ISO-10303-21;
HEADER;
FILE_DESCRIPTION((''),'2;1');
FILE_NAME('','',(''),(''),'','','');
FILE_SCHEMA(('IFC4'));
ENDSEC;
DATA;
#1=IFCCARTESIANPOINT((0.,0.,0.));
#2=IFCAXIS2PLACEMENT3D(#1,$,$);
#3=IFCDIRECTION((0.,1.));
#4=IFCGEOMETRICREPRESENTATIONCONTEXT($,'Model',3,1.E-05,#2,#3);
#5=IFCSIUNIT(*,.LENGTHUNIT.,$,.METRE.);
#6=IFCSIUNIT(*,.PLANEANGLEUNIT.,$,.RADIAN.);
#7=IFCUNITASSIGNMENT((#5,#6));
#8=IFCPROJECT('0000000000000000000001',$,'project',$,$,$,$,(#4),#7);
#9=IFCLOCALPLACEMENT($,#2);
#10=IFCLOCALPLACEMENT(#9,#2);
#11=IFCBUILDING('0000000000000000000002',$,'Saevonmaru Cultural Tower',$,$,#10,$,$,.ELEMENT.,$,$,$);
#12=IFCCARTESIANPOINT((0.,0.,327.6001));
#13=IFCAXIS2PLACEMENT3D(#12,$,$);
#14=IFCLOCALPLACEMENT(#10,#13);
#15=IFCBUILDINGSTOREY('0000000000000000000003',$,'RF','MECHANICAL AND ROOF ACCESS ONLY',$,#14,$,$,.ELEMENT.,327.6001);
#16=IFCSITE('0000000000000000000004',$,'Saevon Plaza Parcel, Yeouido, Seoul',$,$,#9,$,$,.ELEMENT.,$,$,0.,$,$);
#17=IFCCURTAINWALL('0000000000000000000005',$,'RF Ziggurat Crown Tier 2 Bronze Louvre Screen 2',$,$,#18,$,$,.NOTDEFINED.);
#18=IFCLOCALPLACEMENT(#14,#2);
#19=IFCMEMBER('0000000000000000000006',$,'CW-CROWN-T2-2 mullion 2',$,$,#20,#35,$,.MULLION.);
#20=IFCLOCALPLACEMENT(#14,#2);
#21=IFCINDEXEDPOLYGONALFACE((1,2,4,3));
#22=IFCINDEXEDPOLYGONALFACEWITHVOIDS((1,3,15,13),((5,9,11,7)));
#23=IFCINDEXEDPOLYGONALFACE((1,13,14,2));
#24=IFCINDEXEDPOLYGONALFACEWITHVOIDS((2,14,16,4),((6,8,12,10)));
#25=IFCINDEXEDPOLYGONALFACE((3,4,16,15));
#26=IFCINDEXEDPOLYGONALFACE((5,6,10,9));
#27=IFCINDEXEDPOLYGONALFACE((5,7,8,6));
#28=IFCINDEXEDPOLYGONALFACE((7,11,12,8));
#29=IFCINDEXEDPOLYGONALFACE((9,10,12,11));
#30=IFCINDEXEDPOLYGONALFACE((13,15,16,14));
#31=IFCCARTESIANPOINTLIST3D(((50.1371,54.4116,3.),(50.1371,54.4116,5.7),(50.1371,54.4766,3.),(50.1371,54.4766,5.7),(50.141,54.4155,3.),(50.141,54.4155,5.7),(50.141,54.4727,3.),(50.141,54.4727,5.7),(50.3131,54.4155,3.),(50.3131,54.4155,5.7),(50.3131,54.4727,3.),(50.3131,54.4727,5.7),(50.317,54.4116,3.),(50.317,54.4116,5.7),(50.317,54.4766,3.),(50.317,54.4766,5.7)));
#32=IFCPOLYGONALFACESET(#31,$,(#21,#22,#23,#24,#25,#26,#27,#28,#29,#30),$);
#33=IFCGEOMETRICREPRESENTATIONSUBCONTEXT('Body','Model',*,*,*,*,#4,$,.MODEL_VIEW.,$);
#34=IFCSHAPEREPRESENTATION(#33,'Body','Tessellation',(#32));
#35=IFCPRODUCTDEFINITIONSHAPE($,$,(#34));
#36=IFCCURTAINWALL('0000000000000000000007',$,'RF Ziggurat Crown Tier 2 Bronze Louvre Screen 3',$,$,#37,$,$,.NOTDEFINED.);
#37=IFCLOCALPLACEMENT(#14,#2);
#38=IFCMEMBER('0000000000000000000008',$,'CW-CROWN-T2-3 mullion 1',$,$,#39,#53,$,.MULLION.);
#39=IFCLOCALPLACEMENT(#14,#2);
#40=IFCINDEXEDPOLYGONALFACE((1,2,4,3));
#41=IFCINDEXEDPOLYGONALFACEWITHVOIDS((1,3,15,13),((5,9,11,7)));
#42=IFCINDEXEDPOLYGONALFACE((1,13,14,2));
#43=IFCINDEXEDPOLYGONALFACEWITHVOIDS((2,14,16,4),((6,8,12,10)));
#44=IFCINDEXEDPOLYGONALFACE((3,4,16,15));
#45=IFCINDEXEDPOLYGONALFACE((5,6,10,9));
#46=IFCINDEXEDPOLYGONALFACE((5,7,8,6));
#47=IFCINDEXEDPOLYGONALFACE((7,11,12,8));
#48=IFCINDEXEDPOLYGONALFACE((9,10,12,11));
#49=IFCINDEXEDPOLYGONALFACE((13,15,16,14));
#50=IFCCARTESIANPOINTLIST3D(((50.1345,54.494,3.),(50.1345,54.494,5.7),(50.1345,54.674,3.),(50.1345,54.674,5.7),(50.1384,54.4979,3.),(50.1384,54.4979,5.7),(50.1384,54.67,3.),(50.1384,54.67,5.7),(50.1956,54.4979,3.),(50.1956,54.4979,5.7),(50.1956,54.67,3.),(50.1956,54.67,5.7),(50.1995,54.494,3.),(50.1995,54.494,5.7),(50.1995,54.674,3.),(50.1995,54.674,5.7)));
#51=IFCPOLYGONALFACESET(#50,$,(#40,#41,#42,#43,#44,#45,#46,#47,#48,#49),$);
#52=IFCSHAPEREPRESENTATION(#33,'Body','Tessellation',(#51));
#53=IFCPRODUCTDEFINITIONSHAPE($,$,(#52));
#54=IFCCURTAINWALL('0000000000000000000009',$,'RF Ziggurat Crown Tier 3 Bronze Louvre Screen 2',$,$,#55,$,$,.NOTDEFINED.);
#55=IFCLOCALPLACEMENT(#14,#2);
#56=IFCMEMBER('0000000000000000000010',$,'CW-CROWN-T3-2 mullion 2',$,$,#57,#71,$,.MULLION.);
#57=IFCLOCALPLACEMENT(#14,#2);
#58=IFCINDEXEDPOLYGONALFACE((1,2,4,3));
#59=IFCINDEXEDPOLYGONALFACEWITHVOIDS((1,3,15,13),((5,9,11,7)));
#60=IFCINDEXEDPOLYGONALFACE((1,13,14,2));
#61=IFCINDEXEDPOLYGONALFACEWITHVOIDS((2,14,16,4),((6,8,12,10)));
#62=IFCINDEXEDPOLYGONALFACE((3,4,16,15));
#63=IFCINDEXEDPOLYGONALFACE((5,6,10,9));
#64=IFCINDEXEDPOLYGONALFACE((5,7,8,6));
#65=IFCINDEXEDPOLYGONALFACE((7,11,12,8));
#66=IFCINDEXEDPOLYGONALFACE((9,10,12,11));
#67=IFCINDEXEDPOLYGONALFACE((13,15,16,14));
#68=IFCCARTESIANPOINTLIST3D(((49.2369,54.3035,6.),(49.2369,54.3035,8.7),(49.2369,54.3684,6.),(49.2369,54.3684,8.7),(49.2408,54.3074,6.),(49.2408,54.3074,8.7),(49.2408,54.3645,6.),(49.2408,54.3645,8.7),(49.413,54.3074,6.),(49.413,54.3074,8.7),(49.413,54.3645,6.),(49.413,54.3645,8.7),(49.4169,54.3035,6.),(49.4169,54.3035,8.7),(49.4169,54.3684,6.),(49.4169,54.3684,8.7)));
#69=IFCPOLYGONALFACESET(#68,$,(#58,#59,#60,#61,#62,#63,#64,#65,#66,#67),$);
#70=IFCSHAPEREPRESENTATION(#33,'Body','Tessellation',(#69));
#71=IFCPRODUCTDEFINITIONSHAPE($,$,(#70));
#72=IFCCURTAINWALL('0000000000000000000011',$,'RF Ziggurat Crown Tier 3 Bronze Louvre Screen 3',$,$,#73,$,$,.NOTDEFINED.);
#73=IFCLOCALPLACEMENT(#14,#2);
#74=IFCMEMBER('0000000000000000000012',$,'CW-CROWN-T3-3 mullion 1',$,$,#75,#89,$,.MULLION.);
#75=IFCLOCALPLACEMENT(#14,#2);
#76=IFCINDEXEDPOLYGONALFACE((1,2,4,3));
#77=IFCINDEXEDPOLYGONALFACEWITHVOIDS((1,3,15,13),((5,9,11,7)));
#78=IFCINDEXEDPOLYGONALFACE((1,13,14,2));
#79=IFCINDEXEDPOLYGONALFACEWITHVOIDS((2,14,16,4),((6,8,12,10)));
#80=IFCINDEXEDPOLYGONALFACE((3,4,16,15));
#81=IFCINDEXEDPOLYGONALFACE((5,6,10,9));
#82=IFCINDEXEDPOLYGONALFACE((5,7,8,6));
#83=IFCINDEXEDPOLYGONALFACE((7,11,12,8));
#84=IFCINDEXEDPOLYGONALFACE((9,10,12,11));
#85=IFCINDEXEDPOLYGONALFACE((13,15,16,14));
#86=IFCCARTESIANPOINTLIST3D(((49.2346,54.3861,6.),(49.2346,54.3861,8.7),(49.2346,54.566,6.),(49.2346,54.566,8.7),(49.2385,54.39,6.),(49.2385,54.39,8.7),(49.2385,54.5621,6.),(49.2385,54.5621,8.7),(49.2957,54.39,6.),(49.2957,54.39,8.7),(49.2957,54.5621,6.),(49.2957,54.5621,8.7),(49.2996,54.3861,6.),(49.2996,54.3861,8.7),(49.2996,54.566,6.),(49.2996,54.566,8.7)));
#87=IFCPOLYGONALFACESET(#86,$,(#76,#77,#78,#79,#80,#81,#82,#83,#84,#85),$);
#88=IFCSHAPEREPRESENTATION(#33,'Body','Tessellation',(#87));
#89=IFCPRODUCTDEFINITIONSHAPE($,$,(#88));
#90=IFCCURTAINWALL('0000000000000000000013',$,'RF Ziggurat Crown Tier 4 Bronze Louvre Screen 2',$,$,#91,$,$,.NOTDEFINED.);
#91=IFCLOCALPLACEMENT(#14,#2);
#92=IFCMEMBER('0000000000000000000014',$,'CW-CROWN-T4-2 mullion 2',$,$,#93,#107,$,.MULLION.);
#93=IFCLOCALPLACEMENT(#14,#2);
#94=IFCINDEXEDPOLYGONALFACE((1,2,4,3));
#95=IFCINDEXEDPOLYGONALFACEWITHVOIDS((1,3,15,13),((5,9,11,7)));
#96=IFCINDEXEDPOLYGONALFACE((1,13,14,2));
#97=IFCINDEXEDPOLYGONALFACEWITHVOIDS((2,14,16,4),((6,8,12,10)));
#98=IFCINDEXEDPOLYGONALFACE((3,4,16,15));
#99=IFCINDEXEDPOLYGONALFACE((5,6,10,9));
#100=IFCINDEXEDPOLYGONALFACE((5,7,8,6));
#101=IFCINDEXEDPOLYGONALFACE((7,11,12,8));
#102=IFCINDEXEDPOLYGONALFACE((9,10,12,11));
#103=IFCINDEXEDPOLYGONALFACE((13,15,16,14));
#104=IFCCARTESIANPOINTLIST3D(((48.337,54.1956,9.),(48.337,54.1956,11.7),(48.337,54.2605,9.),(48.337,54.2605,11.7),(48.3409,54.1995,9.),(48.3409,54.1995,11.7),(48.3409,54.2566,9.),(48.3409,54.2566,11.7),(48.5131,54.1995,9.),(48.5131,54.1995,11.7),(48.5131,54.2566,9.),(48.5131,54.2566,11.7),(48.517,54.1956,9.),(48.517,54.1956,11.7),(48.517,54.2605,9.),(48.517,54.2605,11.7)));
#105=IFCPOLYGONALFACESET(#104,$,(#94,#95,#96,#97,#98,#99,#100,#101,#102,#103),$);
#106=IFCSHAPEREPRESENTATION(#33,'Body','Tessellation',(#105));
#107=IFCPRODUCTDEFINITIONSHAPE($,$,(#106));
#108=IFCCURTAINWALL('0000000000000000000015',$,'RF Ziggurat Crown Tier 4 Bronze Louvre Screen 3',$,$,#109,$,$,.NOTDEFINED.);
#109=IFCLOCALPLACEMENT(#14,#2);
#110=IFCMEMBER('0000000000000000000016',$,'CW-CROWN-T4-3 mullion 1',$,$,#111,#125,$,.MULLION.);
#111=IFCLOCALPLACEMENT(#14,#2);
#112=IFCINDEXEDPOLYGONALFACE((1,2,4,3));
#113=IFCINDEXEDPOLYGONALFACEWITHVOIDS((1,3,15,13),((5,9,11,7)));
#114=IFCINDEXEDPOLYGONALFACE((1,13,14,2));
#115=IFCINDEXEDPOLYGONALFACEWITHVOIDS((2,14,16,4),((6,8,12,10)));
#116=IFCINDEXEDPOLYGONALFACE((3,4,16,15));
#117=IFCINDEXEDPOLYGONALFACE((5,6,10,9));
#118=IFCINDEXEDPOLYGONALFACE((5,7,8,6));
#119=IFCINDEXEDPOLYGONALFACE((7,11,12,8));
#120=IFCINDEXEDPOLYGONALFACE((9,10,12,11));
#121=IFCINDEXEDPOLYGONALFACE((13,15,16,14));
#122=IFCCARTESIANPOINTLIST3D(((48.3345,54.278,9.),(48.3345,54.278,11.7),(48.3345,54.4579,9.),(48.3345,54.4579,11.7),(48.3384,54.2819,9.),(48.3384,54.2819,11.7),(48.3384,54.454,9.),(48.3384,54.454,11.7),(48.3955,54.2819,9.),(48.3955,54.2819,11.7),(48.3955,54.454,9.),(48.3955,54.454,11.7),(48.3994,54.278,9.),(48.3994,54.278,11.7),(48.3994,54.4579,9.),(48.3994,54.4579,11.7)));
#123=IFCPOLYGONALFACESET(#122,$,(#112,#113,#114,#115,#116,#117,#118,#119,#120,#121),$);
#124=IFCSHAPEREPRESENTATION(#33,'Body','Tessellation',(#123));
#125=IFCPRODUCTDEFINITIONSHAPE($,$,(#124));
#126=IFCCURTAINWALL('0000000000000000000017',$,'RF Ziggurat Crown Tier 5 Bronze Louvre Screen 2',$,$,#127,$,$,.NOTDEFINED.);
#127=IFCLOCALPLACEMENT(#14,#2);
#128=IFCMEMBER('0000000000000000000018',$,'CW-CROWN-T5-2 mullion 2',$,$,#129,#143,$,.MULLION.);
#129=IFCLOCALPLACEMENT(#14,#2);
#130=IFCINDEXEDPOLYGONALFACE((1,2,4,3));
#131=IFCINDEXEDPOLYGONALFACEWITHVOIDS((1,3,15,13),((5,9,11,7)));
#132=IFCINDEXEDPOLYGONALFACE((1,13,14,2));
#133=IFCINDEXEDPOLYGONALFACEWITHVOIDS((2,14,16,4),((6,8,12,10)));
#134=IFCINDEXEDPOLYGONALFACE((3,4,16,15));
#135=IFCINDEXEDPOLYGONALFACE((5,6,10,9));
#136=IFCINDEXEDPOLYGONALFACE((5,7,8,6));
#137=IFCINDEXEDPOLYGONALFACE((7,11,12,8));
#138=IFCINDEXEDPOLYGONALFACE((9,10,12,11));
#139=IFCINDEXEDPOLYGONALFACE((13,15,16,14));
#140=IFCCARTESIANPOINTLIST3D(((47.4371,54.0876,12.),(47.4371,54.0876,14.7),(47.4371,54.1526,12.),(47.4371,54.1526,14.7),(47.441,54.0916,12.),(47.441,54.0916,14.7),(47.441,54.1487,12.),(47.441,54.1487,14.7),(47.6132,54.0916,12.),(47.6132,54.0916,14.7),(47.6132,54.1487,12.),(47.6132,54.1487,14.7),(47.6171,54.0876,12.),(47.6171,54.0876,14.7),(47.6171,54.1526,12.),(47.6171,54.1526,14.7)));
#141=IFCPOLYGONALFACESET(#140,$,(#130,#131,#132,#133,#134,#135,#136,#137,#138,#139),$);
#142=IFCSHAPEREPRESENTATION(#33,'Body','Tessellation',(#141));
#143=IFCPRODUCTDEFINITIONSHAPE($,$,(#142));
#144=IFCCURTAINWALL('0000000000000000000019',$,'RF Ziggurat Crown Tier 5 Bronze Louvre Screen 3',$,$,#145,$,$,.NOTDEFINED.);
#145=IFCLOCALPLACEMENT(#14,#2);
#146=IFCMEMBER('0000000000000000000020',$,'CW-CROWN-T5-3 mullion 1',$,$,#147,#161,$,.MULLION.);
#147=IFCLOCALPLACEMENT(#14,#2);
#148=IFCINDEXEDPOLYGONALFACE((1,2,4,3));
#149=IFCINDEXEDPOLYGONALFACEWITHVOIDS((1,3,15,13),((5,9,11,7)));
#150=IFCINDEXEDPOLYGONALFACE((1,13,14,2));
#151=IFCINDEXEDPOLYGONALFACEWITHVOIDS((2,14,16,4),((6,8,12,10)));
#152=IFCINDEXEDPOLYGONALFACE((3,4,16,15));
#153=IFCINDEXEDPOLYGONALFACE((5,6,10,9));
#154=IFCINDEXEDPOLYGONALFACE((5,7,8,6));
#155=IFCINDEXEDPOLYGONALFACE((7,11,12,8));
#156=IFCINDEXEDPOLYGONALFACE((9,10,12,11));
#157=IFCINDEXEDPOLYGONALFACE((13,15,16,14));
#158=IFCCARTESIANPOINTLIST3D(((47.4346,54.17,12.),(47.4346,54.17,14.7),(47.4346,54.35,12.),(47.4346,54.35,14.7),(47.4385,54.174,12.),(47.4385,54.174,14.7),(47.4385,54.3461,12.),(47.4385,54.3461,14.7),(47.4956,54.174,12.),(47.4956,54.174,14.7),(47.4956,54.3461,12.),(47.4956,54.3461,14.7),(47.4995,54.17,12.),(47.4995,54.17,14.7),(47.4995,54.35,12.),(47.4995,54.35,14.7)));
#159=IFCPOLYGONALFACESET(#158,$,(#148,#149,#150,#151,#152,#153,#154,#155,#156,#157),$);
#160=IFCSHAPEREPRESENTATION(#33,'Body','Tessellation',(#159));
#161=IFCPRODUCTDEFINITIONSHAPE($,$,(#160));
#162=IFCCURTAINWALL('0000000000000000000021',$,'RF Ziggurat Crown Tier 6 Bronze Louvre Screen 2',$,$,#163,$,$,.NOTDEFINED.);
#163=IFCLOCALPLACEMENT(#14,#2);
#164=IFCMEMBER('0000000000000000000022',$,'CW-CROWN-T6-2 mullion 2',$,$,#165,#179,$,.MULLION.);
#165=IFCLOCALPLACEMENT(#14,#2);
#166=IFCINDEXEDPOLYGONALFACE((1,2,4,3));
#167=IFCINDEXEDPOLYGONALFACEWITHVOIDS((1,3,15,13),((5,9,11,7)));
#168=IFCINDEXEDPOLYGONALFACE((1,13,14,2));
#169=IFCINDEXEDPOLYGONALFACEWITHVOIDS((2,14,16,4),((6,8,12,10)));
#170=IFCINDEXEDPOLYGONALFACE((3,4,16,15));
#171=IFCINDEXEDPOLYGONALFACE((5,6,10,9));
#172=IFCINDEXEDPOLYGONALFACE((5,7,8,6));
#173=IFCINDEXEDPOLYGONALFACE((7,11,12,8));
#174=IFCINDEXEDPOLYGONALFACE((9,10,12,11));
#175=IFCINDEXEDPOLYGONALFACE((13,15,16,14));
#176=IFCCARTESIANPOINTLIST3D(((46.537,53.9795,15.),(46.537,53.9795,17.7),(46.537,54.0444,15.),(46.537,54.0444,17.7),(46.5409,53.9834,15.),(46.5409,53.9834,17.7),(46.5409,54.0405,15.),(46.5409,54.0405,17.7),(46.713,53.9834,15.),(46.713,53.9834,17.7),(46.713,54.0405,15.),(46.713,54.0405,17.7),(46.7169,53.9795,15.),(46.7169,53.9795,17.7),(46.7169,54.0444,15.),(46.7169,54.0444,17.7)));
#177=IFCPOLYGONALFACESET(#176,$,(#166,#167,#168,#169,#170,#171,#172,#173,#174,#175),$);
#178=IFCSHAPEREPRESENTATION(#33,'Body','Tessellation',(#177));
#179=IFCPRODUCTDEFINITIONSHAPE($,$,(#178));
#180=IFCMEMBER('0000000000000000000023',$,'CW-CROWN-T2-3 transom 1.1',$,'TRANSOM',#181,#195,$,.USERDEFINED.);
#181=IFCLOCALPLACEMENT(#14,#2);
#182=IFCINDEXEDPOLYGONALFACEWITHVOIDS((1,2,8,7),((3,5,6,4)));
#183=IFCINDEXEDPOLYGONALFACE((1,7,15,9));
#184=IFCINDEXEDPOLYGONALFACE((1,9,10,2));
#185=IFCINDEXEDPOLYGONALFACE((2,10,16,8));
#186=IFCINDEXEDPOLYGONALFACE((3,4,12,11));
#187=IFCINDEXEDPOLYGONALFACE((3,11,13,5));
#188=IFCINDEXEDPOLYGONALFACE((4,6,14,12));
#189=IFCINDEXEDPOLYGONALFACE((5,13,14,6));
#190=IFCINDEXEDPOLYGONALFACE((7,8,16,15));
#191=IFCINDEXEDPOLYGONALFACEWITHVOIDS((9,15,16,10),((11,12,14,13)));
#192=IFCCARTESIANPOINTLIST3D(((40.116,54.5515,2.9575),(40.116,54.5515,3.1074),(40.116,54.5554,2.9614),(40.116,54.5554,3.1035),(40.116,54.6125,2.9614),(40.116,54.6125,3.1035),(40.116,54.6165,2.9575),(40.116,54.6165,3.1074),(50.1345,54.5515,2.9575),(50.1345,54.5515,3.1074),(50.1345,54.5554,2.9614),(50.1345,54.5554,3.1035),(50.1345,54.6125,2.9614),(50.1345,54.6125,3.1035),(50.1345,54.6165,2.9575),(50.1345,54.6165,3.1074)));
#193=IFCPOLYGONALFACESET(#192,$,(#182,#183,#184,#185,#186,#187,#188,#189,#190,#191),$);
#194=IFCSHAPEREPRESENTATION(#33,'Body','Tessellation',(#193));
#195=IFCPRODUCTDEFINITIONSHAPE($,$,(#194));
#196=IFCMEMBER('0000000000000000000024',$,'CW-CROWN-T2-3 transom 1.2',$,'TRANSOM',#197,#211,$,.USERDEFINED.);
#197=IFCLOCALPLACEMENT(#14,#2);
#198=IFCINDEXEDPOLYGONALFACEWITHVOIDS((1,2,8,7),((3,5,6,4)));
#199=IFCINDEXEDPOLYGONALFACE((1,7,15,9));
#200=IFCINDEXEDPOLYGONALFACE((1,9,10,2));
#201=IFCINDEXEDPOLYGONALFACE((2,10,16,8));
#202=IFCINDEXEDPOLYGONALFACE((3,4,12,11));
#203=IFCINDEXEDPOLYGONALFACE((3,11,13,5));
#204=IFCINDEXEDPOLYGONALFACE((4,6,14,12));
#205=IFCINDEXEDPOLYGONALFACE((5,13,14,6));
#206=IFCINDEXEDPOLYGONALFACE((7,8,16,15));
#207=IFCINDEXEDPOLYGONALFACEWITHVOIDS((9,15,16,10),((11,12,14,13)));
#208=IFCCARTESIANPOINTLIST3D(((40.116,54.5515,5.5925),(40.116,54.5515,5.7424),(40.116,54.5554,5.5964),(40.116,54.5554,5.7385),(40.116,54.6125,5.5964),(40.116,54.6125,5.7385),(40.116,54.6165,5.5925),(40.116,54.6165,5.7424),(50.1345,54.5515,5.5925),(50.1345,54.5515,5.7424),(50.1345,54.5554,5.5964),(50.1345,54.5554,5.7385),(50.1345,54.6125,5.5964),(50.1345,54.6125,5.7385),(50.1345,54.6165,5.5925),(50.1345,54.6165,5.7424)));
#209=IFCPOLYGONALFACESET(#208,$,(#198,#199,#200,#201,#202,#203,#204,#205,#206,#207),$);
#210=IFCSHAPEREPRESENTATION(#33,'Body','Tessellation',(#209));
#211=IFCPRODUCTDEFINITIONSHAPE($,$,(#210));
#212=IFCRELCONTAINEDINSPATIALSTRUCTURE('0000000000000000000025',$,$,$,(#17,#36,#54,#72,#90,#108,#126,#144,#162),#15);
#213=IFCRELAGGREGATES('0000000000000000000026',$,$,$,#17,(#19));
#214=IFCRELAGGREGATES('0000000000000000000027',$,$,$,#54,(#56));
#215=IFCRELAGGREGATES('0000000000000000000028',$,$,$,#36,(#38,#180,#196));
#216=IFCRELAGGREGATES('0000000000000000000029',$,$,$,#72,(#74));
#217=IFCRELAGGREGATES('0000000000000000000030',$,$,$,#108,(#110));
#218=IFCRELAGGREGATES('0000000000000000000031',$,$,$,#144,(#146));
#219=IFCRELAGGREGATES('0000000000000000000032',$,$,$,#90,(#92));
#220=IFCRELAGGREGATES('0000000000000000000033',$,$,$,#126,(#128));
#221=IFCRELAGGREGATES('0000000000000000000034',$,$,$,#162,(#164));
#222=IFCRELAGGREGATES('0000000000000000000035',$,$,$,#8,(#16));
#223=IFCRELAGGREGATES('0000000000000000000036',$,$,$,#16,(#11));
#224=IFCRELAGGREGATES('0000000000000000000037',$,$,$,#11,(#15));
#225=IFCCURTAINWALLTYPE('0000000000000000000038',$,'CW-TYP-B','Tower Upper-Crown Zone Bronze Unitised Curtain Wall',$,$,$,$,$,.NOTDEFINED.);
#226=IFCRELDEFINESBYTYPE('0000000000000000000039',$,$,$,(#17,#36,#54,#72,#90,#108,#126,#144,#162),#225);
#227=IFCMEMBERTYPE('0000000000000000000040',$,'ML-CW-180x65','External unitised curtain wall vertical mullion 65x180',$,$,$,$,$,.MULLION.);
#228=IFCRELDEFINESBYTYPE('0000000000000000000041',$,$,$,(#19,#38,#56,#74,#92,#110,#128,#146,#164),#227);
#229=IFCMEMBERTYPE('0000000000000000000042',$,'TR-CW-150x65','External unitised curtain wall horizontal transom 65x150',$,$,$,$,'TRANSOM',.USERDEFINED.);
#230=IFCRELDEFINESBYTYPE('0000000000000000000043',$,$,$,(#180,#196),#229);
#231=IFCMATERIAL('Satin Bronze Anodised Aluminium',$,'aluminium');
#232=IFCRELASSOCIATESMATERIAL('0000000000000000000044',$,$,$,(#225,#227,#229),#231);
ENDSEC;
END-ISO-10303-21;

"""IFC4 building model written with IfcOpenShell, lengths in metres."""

from ifc_helpers import new_model, si_unit, direction, frame, origin, origin_2d, place, context, subcontext, project, spatial, hollow_rectangle, extrude, material, material_profile, profile_set, type_object, element, aggregate, save


model = new_model("IFC4")

# Units and contexts
model_context = context("Model", 3, precision=1e-05, world=origin(), true_north=direction((0.0, 1.0)))
body_context = subcontext(model_context, "Body", "Model", "MODEL_VIEW")
ifc_project = project(units=[si_unit("LENGTHUNIT", "METRE"), si_unit("PLANEANGLEUNIT", "RADIAN")], contexts=[model_context])

# Site, building, storey
site_placement = place(None, origin())
site = spatial("IfcSite", under=ifc_project, at=site_placement, Name="Saevon Plaza Parcel, Yeouido, Seoul", CompositionType="ELEMENT", RefElevation=0.0)
building_placement = place(site_placement, origin())
building = spatial("IfcBuilding", under=site, at=building_placement, Name="Saevonmaru Cultural Tower", CompositionType="ELEMENT")
storey_placement = place(building_placement, frame((0.0, 0.0, 327.6001)))
storey = spatial("IfcBuildingStorey", under=building, at=storey_placement, Name="RF", Description="MECHANICAL AND ROOF ACCESS ONLY", CompositionType="ELEMENT", Elevation=327.6001)

# Curtain walls, members
ifc_material_1 = material(Name="Satin Bronze Anodised Aluminium", Category="aluminium")
curtain_wall_type = type_object("IfcCurtainWallType", Name="CW-TYP-B", Description="Tower Upper-Crown Zone Bronze Unitised Curtain Wall", PredefinedType="NOTDEFINED", material=ifc_material_1)
curtain_wall_1_placement = place(storey_placement, origin())
curtain_wall_1 = element("IfcCurtainWall", 1, at=curtain_wall_1_placement, inside=storey, type_object=curtain_wall_type, Name="RF Ziggurat Crown Tier 2 Bronze Louvre Screen 2", PredefinedType="NOTDEFINED")
ifc_material_profile_1 = material_profile(ifc_material_1, hollow_rectangle(XDim=0.0649, YDim=0.1799, WallThickness=0.0039, at=origin_2d()), Name="ALU-MULL-180x65x4")
ifc_profile_set_1 = profile_set([ifc_material_profile_1], Name="Satin Bronze Anodised Aluminium")
member_type_1 = type_object("IfcMemberType", Name="ML-CW-180x65", Description="External unitised curtain wall vertical mullion 65x180", PredefinedType="MULLION", material=ifc_profile_set_1)
member_1_placement = place(storey_placement, frame((50.2271, 54.4441, 3.0), z_axis=(0.0, 0.0, 1.0), x_axis=(0.0, 1.0, 0.0)))
member_1 = element("IfcMember", 2, at=member_1_placement, type_object=member_type_1, Name="CW-CROWN-T2-2 mullion 2", PredefinedType="MULLION", context=body_context, shape_type="SweptSolid", body=[
    extrude(hollow_rectangle(XDim=0.0649, YDim=0.1799, WallThickness=0.0039, at=origin_2d()), origin(), (0.0, 0.0, 1.0), 2.7),
])
aggregate(curtain_wall_1, [member_1])
curtain_wall_2_placement = place(storey_placement, origin())
curtain_wall_2 = element("IfcCurtainWall", 3, at=curtain_wall_2_placement, inside=storey, type_object=curtain_wall_type, Name="RF Ziggurat Crown Tier 2 Bronze Louvre Screen 3", PredefinedType="NOTDEFINED")
member_2_placement = place(storey_placement, frame((50.167, 54.584, 3.0), z_axis=(0.0, 0.0, 1.0), x_axis=(-1.0, 0.0, 0.0)))
member_2 = element("IfcMember", 4, at=member_2_placement, type_object=member_type_1, Name="CW-CROWN-T2-3 mullion 1", PredefinedType="MULLION", context=body_context, shape_type="SweptSolid", body=[
    extrude(hollow_rectangle(XDim=0.0649, YDim=0.1799, WallThickness=0.0039, at=origin_2d()), origin(), (0.0, 0.0, 1.0), 2.7),
])
curtain_wall_3_placement = place(storey_placement, origin())
curtain_wall_3 = element("IfcCurtainWall", 5, at=curtain_wall_3_placement, inside=storey, type_object=curtain_wall_type, Name="RF Ziggurat Crown Tier 3 Bronze Louvre Screen 2", PredefinedType="NOTDEFINED")
member_3_placement = place(storey_placement, frame((49.3269, 54.3359, 6.0), z_axis=(0.0, 0.0, 1.0), x_axis=(0.0, 1.0, 0.0)))
member_3 = element("IfcMember", 6, at=member_3_placement, type_object=member_type_1, Name="CW-CROWN-T3-2 mullion 2", PredefinedType="MULLION", context=body_context, shape_type="SweptSolid", body=[
    extrude(hollow_rectangle(XDim=0.0649, YDim=0.1799, WallThickness=0.0039, at=origin_2d()), origin(), (0.0, 0.0, 1.0), 2.7),
])
aggregate(curtain_wall_3, [member_3])
curtain_wall_4_placement = place(storey_placement, origin())
curtain_wall_4 = element("IfcCurtainWall", 7, at=curtain_wall_4_placement, inside=storey, type_object=curtain_wall_type, Name="RF Ziggurat Crown Tier 3 Bronze Louvre Screen 3", PredefinedType="NOTDEFINED")
member_4_placement = place(storey_placement, frame((49.2671, 54.4761, 6.0), z_axis=(0.0, 0.0, 1.0), x_axis=(-1.0, 0.0, 0.0)))
member_4 = element("IfcMember", 8, at=member_4_placement, type_object=member_type_1, Name="CW-CROWN-T3-3 mullion 1", PredefinedType="MULLION", context=body_context, shape_type="SweptSolid", body=[
    extrude(hollow_rectangle(XDim=0.0649, YDim=0.1799, WallThickness=0.0039, at=origin_2d()), origin(), (0.0, 0.0, 1.0), 2.7),
])
curtain_wall_5_placement = place(storey_placement, origin())
curtain_wall_5 = element("IfcCurtainWall", 9, at=curtain_wall_5_placement, inside=storey, type_object=curtain_wall_type, Name="RF Ziggurat Crown Tier 4 Bronze Louvre Screen 2", PredefinedType="NOTDEFINED")
member_5_placement = place(storey_placement, frame((48.427, 54.228, 9.0), z_axis=(0.0, 0.0, 1.0), x_axis=(0.0, 1.0, 0.0)))
member_5 = element("IfcMember", 10, at=member_5_placement, type_object=member_type_1, Name="CW-CROWN-T4-2 mullion 2", PredefinedType="MULLION", context=body_context, shape_type="SweptSolid", body=[
    extrude(hollow_rectangle(XDim=0.0649, YDim=0.1799, WallThickness=0.0039, at=origin_2d()), origin(), (0.0, 0.0, 1.0), 2.7),
])
curtain_wall_6_placement = place(storey_placement, origin())
curtain_wall_6 = element("IfcCurtainWall", 11, at=curtain_wall_6_placement, inside=storey, type_object=curtain_wall_type, Name="RF Ziggurat Crown Tier 4 Bronze Louvre Screen 3", PredefinedType="NOTDEFINED")
member_6_placement = place(storey_placement, frame((48.3669, 54.3679, 9.0), z_axis=(0.0, 0.0, 1.0), x_axis=(-1.0, 0.0, 0.0)))
member_6 = element("IfcMember", 12, at=member_6_placement, type_object=member_type_1, Name="CW-CROWN-T4-3 mullion 1", PredefinedType="MULLION", context=body_context, shape_type="SweptSolid", body=[
    extrude(hollow_rectangle(XDim=0.0649, YDim=0.1799, WallThickness=0.0039, at=origin_2d()), origin(), (0.0, 0.0, 1.0), 2.7),
])
curtain_wall_7_placement = place(storey_placement, origin())
curtain_wall_7 = element("IfcCurtainWall", 13, at=curtain_wall_7_placement, inside=storey, type_object=curtain_wall_type, Name="RF Ziggurat Crown Tier 5 Bronze Louvre Screen 2", PredefinedType="NOTDEFINED")
member_7_placement = place(storey_placement, frame((47.5271, 54.1201, 12.0), z_axis=(0.0, 0.0, 1.0), x_axis=(0.0, 1.0, 0.0)))
member_7 = element("IfcMember", 14, at=member_7_placement, type_object=member_type_1, Name="CW-CROWN-T5-2 mullion 2", PredefinedType="MULLION", context=body_context, shape_type="SweptSolid", body=[
    extrude(hollow_rectangle(XDim=0.0649, YDim=0.1799, WallThickness=0.0039, at=origin_2d()), origin(), (0.0, 0.0, 1.0), 2.7),
])
curtain_wall_8_placement = place(storey_placement, origin())
curtain_wall_8 = element("IfcCurtainWall", 15, at=curtain_wall_8_placement, inside=storey, type_object=curtain_wall_type, Name="RF Ziggurat Crown Tier 5 Bronze Louvre Screen 3", PredefinedType="NOTDEFINED")
member_8_placement = place(storey_placement, frame((47.467, 54.26, 12.0), z_axis=(0.0, 0.0, 1.0), x_axis=(-1.0, 0.0, 0.0)))
member_8 = element("IfcMember", 16, at=member_8_placement, type_object=member_type_1, Name="CW-CROWN-T5-3 mullion 1", PredefinedType="MULLION", context=body_context, shape_type="SweptSolid", body=[
    extrude(hollow_rectangle(XDim=0.0649, YDim=0.1799, WallThickness=0.0039, at=origin_2d()), origin(), (0.0, 0.0, 1.0), 2.7),
])
curtain_wall_9_placement = place(storey_placement, origin())
curtain_wall_9 = element("IfcCurtainWall", 17, at=curtain_wall_9_placement, inside=storey, type_object=curtain_wall_type, Name="RF Ziggurat Crown Tier 6 Bronze Louvre Screen 2", PredefinedType="NOTDEFINED")
member_9_placement = place(storey_placement, frame((46.627, 54.012, 15.0), z_axis=(0.0, 0.0, 1.0), x_axis=(0.0, 1.0, 0.0)))
member_9 = element("IfcMember", 18, at=member_9_placement, type_object=member_type_1, Name="CW-CROWN-T6-2 mullion 2", PredefinedType="MULLION", context=body_context, shape_type="SweptSolid", body=[
    extrude(hollow_rectangle(XDim=0.0649, YDim=0.1799, WallThickness=0.0039, at=origin_2d()), origin(), (0.0, 0.0, 1.0), 2.7),
])

# Members
ifc_material_profile_2 = material_profile(ifc_material_1, hollow_rectangle(XDim=0.0649, YDim=0.1499, WallThickness=0.0039, at=origin_2d()), Name="ALU-TRAN-150x65x4")
ifc_profile_set_2 = profile_set([ifc_material_profile_2], Name="Satin Bronze Anodised Aluminium")
member_type_2 = type_object("IfcMemberType", Name="TR-CW-150x65", Description="External unitised curtain wall horizontal transom 65x150", ElementType="TRANSOM", PredefinedType="USERDEFINED", material=ifc_profile_set_2)
member_10_placement = place(storey_placement, frame((50.1345, 54.584, 3.0325), z_axis=(-1.0, 0.0, 0.0), x_axis=(0.0, -1.0, 0.0)))
member_10 = element("IfcMember", 19, at=member_10_placement, type_object=member_type_2, Name="CW-CROWN-T2-3 transom 1.1", ObjectType="TRANSOM", PredefinedType="USERDEFINED", context=body_context, shape_type="SweptSolid", body=[
    extrude(hollow_rectangle(XDim=0.0649, YDim=0.1499, WallThickness=0.0039, at=origin_2d()), origin(), (0.0, 0.0, 1.0), 10.0186),
])
member_11_placement = place(storey_placement, frame((50.1345, 54.584, 5.6675), z_axis=(-1.0, 0.0, 0.0), x_axis=(0.0, -1.0, 0.0)))
member_11 = element("IfcMember", 20, at=member_11_placement, type_object=member_type_2, Name="CW-CROWN-T2-3 transom 1.2", ObjectType="TRANSOM", PredefinedType="USERDEFINED", context=body_context, shape_type="SweptSolid", body=[
    extrude(hollow_rectangle(XDim=0.0649, YDim=0.1499, WallThickness=0.0039, at=origin_2d()), origin(), (0.0, 0.0, 1.0), 10.0186),
])
aggregate(curtain_wall_2, [member_2, member_10, member_11])
aggregate(curtain_wall_4, [member_4])
aggregate(curtain_wall_6, [member_6])
aggregate(curtain_wall_8, [member_8])

aggregate(curtain_wall_5, [member_5])
aggregate(curtain_wall_7, [member_7])
aggregate(curtain_wall_9, [member_9])

save(model, "model.ifc")
